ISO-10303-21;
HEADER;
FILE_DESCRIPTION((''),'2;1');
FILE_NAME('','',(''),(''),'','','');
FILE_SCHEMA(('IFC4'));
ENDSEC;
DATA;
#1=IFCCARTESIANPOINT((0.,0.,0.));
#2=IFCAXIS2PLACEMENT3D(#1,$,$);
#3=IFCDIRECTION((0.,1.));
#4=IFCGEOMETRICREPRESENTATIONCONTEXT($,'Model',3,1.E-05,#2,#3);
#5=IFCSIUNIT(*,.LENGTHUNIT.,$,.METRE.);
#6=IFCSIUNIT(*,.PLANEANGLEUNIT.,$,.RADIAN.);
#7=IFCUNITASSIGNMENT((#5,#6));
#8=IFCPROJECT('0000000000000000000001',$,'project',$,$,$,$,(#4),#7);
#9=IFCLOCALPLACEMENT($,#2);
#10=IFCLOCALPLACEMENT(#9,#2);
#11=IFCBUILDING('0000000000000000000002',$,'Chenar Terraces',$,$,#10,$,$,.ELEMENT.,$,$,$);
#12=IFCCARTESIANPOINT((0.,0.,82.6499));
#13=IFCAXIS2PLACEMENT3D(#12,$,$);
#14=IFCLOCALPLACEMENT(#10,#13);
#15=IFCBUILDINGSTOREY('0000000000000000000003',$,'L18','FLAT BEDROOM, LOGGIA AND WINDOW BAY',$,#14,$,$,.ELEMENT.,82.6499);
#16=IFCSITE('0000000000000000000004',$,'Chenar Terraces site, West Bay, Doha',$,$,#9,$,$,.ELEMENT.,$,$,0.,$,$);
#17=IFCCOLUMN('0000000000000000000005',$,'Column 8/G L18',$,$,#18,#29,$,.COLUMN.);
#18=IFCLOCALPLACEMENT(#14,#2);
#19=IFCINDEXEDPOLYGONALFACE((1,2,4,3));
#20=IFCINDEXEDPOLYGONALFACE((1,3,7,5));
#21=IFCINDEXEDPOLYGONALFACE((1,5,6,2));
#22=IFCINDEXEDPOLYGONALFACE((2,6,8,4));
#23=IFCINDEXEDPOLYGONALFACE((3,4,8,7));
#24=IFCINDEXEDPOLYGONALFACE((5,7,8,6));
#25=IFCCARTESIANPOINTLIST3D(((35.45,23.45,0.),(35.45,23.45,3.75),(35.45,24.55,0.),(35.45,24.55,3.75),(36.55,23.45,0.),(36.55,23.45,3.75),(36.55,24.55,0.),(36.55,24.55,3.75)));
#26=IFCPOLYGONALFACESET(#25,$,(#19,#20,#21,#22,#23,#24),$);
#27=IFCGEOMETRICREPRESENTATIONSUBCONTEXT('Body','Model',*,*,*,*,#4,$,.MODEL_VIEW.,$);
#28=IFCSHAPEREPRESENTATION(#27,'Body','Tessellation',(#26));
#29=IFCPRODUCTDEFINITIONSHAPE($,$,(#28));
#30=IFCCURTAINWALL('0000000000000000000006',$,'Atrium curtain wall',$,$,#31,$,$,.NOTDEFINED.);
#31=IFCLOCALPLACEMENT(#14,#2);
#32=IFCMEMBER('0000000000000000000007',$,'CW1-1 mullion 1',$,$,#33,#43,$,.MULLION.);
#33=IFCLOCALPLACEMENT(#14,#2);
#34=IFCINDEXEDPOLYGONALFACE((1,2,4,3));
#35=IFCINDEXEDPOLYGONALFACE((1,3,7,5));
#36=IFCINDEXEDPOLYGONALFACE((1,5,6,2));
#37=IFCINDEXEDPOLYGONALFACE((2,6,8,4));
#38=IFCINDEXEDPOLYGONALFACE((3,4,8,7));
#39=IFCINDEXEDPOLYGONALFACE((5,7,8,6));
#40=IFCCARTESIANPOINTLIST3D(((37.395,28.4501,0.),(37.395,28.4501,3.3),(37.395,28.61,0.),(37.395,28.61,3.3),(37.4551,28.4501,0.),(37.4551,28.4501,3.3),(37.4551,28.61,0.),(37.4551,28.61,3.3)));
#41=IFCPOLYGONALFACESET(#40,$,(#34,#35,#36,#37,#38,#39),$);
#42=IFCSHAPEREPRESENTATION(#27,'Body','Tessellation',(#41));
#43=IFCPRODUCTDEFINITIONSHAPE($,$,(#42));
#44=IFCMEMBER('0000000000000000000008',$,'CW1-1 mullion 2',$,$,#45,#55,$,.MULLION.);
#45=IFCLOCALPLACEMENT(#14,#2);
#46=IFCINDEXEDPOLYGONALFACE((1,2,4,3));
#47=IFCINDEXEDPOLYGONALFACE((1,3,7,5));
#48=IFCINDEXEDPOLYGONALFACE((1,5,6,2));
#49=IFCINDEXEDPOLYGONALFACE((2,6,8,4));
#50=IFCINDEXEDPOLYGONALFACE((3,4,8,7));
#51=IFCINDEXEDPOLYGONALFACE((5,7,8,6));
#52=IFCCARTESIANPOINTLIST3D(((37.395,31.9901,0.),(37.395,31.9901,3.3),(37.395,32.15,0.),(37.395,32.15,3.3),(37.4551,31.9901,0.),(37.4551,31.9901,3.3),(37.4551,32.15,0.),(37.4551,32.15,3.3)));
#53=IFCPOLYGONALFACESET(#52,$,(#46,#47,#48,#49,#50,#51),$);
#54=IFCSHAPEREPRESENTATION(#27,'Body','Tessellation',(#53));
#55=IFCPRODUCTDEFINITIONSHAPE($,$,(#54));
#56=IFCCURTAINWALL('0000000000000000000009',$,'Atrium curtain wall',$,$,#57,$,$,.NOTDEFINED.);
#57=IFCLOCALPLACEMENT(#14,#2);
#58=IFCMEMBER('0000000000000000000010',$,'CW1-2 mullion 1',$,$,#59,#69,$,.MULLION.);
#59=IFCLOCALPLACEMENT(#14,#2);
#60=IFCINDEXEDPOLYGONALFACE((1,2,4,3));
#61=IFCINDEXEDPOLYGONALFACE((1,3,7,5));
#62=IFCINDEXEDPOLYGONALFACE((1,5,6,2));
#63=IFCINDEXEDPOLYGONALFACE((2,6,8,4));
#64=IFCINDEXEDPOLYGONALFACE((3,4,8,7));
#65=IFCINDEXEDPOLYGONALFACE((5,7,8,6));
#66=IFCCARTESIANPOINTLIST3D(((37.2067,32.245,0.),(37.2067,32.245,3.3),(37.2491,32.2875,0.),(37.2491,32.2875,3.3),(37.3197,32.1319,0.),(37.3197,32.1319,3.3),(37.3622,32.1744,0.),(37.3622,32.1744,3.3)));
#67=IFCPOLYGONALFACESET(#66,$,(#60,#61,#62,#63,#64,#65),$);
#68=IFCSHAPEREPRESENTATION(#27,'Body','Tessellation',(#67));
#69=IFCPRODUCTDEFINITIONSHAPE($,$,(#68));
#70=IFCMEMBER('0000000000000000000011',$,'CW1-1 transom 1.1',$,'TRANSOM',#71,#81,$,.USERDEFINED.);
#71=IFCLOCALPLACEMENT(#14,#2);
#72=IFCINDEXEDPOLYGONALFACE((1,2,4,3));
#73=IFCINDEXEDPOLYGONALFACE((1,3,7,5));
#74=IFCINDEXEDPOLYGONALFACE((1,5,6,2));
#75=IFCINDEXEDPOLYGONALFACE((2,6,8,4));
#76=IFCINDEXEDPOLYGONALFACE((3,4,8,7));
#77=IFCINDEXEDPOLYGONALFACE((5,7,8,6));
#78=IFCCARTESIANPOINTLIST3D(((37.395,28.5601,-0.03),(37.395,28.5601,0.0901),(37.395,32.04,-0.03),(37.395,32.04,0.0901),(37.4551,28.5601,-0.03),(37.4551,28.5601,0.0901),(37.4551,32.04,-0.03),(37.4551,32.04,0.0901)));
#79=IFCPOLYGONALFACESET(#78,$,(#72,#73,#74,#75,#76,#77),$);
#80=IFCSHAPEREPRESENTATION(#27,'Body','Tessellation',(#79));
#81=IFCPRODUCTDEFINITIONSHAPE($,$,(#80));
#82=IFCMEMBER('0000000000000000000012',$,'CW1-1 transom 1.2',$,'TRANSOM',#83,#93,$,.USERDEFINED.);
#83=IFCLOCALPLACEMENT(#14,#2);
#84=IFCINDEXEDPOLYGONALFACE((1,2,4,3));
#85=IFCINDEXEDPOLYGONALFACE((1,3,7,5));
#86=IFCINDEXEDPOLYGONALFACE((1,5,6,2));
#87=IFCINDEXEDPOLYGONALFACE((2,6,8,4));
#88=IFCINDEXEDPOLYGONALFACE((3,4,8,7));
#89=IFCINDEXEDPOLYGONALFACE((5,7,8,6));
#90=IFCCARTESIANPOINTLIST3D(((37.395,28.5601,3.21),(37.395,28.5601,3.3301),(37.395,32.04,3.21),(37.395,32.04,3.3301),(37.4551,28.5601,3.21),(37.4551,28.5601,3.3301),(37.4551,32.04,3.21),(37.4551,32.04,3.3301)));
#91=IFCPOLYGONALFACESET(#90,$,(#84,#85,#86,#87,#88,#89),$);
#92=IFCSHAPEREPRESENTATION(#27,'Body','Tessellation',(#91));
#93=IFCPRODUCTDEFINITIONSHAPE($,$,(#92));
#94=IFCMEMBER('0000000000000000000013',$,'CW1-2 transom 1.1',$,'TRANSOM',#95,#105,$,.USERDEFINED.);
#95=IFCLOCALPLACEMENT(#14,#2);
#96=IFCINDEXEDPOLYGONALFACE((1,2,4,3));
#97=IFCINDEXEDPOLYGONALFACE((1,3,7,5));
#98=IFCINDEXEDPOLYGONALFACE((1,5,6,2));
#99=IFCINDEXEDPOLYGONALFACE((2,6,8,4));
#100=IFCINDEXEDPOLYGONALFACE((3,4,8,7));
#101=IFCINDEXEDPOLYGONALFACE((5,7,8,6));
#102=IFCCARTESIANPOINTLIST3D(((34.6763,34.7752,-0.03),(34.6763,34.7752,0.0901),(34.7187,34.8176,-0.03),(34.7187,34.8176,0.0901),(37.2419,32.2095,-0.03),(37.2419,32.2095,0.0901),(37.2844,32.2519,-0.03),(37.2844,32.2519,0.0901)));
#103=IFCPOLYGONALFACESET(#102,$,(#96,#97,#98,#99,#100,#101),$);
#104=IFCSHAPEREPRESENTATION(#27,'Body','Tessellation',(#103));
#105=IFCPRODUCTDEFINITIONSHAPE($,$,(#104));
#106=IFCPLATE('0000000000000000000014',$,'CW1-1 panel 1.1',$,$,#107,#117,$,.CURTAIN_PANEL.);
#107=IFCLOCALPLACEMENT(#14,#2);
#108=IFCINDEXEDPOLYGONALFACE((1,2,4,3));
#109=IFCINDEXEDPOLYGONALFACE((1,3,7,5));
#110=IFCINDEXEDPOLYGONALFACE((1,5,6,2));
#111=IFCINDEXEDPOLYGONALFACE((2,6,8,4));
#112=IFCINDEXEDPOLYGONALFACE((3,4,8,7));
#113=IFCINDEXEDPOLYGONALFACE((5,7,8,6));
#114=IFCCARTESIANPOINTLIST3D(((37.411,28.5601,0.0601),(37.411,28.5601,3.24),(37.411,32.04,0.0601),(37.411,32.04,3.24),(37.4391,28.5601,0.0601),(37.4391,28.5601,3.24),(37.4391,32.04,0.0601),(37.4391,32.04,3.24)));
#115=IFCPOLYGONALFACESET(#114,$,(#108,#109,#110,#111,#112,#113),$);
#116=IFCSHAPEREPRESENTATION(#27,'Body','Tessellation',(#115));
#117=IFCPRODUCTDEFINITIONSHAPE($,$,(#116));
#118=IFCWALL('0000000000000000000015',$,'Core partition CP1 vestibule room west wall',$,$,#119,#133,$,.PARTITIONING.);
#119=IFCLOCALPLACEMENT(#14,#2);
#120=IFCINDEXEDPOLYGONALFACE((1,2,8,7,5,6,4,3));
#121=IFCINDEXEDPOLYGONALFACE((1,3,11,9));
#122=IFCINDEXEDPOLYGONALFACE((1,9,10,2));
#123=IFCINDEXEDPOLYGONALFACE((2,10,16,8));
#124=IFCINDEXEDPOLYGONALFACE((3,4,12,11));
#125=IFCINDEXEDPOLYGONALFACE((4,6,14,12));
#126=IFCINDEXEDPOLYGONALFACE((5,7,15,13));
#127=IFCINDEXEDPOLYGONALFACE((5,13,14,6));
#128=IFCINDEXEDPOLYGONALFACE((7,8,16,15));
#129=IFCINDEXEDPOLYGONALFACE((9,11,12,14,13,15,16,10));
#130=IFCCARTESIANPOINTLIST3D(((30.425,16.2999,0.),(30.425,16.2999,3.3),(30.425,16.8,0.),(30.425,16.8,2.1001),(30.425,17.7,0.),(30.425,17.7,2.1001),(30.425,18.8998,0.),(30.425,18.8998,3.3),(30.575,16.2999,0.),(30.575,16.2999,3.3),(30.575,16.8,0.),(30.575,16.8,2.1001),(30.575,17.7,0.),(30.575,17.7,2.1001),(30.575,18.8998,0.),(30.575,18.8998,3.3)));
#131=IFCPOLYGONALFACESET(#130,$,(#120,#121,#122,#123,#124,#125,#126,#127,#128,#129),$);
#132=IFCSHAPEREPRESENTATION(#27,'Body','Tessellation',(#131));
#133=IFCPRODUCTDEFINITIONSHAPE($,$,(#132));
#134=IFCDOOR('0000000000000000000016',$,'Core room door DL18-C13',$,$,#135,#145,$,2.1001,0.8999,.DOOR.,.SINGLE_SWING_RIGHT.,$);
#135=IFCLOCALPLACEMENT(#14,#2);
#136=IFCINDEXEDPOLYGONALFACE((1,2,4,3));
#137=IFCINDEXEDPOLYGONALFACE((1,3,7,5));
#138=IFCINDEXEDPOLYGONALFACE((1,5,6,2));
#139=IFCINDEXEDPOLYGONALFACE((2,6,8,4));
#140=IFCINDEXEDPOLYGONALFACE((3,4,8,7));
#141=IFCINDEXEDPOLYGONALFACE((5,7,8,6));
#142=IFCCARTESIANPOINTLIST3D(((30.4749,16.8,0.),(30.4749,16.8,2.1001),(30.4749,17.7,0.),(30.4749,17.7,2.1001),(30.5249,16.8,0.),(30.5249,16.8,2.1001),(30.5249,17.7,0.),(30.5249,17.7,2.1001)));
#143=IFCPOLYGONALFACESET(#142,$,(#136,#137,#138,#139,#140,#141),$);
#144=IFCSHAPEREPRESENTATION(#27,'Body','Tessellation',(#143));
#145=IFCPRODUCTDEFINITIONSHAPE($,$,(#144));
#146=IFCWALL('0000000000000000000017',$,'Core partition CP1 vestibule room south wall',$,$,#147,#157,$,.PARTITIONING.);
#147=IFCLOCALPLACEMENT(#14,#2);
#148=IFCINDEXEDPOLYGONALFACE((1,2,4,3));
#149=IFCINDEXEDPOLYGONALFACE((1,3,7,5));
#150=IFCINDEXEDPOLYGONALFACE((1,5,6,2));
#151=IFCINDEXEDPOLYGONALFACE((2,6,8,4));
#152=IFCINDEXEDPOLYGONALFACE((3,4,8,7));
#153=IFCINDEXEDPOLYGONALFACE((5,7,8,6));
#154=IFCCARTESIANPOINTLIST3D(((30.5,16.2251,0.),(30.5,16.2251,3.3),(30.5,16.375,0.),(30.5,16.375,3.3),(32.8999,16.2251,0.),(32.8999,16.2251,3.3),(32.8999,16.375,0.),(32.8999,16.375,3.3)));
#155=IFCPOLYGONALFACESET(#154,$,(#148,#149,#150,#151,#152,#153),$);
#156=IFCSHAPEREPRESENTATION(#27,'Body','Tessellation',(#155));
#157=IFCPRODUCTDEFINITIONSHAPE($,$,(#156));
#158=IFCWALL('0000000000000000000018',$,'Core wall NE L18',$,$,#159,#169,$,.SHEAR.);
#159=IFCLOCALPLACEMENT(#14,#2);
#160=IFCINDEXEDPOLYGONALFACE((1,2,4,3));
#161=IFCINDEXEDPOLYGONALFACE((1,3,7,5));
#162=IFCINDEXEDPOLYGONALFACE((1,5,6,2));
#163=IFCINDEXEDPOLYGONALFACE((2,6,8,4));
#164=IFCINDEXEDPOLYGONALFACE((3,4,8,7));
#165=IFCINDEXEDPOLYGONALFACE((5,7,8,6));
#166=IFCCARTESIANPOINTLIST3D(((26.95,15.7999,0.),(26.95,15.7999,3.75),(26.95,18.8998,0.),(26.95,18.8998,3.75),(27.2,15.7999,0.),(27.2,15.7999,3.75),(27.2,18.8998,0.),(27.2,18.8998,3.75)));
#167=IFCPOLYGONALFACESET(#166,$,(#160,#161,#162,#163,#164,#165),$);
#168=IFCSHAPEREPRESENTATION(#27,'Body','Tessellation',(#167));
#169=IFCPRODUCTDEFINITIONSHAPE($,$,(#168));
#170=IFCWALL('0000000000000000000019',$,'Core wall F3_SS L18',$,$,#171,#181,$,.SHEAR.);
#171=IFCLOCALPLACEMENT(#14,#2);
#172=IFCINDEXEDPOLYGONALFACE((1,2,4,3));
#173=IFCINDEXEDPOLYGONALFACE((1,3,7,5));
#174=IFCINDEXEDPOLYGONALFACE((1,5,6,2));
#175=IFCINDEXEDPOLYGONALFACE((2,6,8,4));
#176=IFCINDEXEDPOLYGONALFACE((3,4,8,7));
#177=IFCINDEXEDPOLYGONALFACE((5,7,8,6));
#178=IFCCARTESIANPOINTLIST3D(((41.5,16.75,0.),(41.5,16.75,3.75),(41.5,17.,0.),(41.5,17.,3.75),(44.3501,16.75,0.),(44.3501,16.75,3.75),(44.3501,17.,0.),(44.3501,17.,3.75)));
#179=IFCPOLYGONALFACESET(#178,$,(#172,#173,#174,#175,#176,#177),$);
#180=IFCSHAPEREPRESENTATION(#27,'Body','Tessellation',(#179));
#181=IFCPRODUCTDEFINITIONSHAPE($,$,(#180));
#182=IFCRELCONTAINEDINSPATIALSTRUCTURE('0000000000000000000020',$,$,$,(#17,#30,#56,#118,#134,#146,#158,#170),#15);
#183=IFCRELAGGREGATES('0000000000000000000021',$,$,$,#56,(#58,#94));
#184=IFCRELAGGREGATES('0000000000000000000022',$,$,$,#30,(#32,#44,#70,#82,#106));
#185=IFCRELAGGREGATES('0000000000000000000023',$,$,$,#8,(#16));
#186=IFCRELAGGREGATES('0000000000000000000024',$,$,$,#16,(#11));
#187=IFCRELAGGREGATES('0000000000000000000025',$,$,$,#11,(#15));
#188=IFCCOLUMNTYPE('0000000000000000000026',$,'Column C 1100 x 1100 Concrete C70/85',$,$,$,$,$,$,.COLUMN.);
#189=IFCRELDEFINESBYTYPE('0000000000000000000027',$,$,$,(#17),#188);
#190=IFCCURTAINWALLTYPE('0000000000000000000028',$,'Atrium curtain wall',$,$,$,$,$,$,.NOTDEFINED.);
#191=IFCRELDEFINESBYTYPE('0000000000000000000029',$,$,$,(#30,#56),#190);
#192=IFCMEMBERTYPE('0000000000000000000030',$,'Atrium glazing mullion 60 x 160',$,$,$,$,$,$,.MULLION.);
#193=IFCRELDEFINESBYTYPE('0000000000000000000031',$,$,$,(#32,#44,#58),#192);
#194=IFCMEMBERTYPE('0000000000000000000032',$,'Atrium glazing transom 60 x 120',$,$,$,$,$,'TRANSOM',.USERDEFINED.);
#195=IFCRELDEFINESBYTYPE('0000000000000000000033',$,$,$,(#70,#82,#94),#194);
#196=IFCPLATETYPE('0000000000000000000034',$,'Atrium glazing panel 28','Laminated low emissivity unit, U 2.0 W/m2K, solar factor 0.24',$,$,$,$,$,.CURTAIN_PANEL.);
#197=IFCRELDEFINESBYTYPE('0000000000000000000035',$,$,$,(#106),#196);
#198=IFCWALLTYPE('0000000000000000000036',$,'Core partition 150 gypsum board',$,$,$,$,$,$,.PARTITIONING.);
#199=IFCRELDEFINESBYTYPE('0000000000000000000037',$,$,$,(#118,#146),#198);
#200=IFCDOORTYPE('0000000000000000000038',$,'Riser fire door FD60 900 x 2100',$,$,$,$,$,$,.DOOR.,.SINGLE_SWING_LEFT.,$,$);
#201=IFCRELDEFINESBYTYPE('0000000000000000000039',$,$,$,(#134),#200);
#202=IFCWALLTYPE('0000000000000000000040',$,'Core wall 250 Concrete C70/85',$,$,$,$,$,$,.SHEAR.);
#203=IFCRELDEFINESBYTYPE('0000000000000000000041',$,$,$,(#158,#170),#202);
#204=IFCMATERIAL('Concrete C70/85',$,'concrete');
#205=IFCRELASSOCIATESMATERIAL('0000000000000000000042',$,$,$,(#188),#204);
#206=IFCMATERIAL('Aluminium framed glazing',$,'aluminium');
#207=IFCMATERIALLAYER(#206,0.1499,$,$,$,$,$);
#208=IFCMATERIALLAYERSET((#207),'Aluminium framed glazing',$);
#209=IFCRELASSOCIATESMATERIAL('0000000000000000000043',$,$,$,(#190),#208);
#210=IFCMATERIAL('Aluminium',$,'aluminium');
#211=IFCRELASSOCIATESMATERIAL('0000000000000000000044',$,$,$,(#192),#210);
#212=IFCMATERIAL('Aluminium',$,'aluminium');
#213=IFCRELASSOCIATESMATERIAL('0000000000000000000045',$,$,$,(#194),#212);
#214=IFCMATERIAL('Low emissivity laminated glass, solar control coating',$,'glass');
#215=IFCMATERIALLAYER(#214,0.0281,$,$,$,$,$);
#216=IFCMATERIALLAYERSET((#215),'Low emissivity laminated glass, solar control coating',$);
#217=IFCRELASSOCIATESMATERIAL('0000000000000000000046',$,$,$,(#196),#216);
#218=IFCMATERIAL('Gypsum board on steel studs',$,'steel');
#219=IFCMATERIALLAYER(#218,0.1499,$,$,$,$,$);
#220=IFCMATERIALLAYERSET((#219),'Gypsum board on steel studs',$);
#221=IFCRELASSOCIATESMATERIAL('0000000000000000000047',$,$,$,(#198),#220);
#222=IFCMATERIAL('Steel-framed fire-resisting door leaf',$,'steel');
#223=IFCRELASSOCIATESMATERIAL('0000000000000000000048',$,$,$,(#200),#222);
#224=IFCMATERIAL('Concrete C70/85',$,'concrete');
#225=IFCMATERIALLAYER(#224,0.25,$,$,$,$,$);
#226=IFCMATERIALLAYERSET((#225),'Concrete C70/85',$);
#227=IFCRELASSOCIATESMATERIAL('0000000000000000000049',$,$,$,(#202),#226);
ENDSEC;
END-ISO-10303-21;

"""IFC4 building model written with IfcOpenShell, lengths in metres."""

from ifc_helpers import new_model, si_unit, direction, frame, frame_2d, origin, origin_2d, place, context, subcontext, project, spatial, rectangle, extrude, material, layer, layer_set, material_profile, profile_set, type_object, element, fill, aggregate, save


model = new_model("IFC4")

# Units and contexts
model_context = context("Model", 3, precision=1e-05, world=origin(), true_north=direction((0.0, 1.0)))
body_context = subcontext(model_context, "Body", "Model", "MODEL_VIEW")
ifc_project = project(units=[si_unit("LENGTHUNIT", "METRE"), si_unit("PLANEANGLEUNIT", "RADIAN")], contexts=[model_context])

# Site, building, storey
site_placement = place(None, origin())
site = spatial("IfcSite", under=ifc_project, at=site_placement, Name="Chenar Terraces site, West Bay, Doha", CompositionType="ELEMENT", RefElevation=0.0)
building_placement = place(site_placement, origin())
building = spatial("IfcBuilding", under=site, at=building_placement, Name="Chenar Terraces", CompositionType="ELEMENT")
storey_placement = place(building_placement, frame((0.0, 0.0, 82.6499)))
storey = spatial("IfcBuildingStorey", under=building, at=storey_placement, Name="L18", Description="FLAT BEDROOM, LOGGIA AND WINDOW BAY", CompositionType="ELEMENT", Elevation=82.6499)

# Column
ifc_material_1 = material(Name="Concrete C70/85", Category="concrete")
ifc_material_profile_1 = material_profile(ifc_material_1, rectangle(XDim=1.1001, YDim=1.1001, at=origin_2d()), Name="C 1100 x 1100")
ifc_profile_set_1 = profile_set([ifc_material_profile_1], Name="Concrete C70/85")
column_type = type_object("IfcColumnType", Name="Column C 1100 x 1100 Concrete C70/85", PredefinedType="COLUMN", material=ifc_profile_set_1)
column_placement = place(storey_placement, frame((36.0, 24.0, 0.0), z_axis=(0.0, 0.0, 1.0), x_axis=(1.0, 0.0, 0.0)))
element("IfcColumn", 1, at=column_placement, inside=storey, type_object=column_type, Name="Column 8/G L18", PredefinedType="COLUMN", context=body_context, shape_type="SweptSolid", body=[
    extrude(rectangle(XDim=1.1001, YDim=1.1001, at=origin_2d()), origin(), (0.0, 0.0, 1.0), 3.75),
])

# Curtain wall, members
ifc_material_2 = material(Name="Aluminium framed glazing", Category="aluminium")
ifc_layer_1 = layer(ifc_material_2, 0.1499)
ifc_layer_set_1 = layer_set([ifc_layer_1], Name="Aluminium framed glazing")
curtain_wall_type = type_object("IfcCurtainWallType", Name="Atrium curtain wall", PredefinedType="NOTDEFINED", material=ifc_layer_set_1)
placement = place(storey_placement, origin())
curtain_wall_1 = element("IfcCurtainWall", 2, at=placement, inside=storey, type_object=curtain_wall_type, Name="Atrium curtain wall", PredefinedType="NOTDEFINED")
ifc_material_3 = material(Name="Aluminium", Category="aluminium")
ifc_material_profile_2 = material_profile(ifc_material_3, rectangle(XDim=0.0601, YDim=0.1599, at=origin_2d()), Name="Atrium glazing mullion 60 x 160")
ifc_profile_set_2 = profile_set([ifc_material_profile_2], Name="Aluminium")
member_type_1 = type_object("IfcMemberType", Name="Atrium glazing mullion 60 x 160", PredefinedType="MULLION", material=ifc_profile_set_2)
member_1_placement = place(storey_placement, frame((37.425, 28.53, 0.0), z_axis=(0.0, 0.0, 1.0), x_axis=(-1.0, 0.0, 0.0)))
member_1 = element("IfcMember", 3, at=member_1_placement, type_object=member_type_1, Name="CW1-1 mullion 1", PredefinedType="MULLION", context=body_context, shape_type="SweptSolid", body=[
    extrude(rectangle(XDim=0.0601, YDim=0.1599, at=origin_2d()), origin(), (0.0, 0.0, 1.0), 3.3),
])
member_2_placement = place(storey_placement, frame((37.425, 32.0701, 0.0), z_axis=(0.0, 0.0, 1.0), x_axis=(-1.0, 0.0, 0.0)))
member_2 = element("IfcMember", 4, at=member_2_placement, type_object=member_type_1, Name="CW1-1 mullion 2", PredefinedType="MULLION", context=body_context, shape_type="SweptSolid", body=[
    extrude(rectangle(XDim=0.0601, YDim=0.1599, at=origin_2d()), origin(), (0.0, 0.0, 1.0), 3.3),
])

# Curtain wall, member
curtain_wall_2 = element("IfcCurtainWall", 5, at=placement, inside=storey, type_object=curtain_wall_type, Name="Atrium curtain wall", PredefinedType="NOTDEFINED")
member_3_placement = place(storey_placement, frame((37.2844, 32.2097, 0.0), z_axis=(0.0, 0.0, 1.0), x_axis=(-0.707107, -0.707107, 0.0)))
member_3 = element("IfcMember", 6, at=member_3_placement, type_object=member_type_1, Name="CW1-2 mullion 1", PredefinedType="MULLION", context=body_context, shape_type="SweptSolid", body=[
    extrude(rectangle(XDim=0.0601, YDim=0.1599, at=origin_2d()), origin(), (0.0, 0.0, 1.0), 3.3),
])

# Members
ifc_material_4 = material(Name="Aluminium", Category="aluminium")
ifc_material_profile_3 = material_profile(ifc_material_4, rectangle(XDim=0.0601, YDim=0.1201, at=origin_2d()), Name="Atrium glazing transom 60 x 120")
ifc_profile_set_3 = profile_set([ifc_material_profile_3], Name="Aluminium")
member_type_2 = type_object("IfcMemberType", Name="Atrium glazing transom 60 x 120", ElementType="TRANSOM", PredefinedType="USERDEFINED", material=ifc_profile_set_3)
member_4_placement = place(storey_placement, frame((37.425, 28.5601, 0.03), z_axis=(0.0, 1.0, 0.0), x_axis=(-1.0, 0.0, 0.0)))
member_4 = element("IfcMember", 7, at=member_4_placement, type_object=member_type_2, Name="CW1-1 transom 1.1", ObjectType="TRANSOM", PredefinedType="USERDEFINED", context=body_context, shape_type="SweptSolid", body=[
    extrude(rectangle(XDim=0.0601, YDim=0.1201, at=origin_2d()), origin(), (0.0, 0.0, 1.0), 3.48),
])
member_5_placement = place(storey_placement, frame((37.425, 28.5601, 3.27), z_axis=(0.0, 1.0, 0.0), x_axis=(-1.0, 0.0, 0.0)))
member_5 = element("IfcMember", 8, at=member_5_placement, type_object=member_type_2, Name="CW1-1 transom 1.2", ObjectType="TRANSOM", PredefinedType="USERDEFINED", context=body_context, shape_type="SweptSolid", body=[
    extrude(rectangle(XDim=0.0601, YDim=0.1201, at=origin_2d()), origin(), (0.0, 0.0, 1.0), 3.48),
])
member_6_placement = place(storey_placement, frame((37.2632, 32.2307, 0.03), z_axis=(-0.707107, 0.707107, 0.0), x_axis=(-0.707107, -0.707107, 0.0)))
member_6 = element("IfcMember", 9, at=member_6_placement, type_object=member_type_2, Name="CW1-2 transom 1.1", ObjectType="TRANSOM", PredefinedType="USERDEFINED", context=body_context, shape_type="SweptSolid", body=[
    extrude(rectangle(XDim=0.0601, YDim=0.1201, at=origin_2d()), origin(), (0.0, 0.0, 1.0), 3.6284),
])
aggregate(curtain_wall_2, [member_3, member_6])

# Plate
ifc_material_5 = material(Name="Low emissivity laminated glass, solar control coating", Category="glass")
ifc_layer_2 = layer(ifc_material_5, 0.0281)
ifc_layer_set_2 = layer_set([ifc_layer_2], Name="Low emissivity laminated glass, solar control coating")
plate_type = type_object("IfcPlateType", Name="Atrium glazing panel 28", Description="Laminated low emissivity unit, U 2.0 W/m2K, solar factor 0.24", PredefinedType="CURTAIN_PANEL", material=ifc_layer_set_2)
plate_placement = place(storey_placement, frame((37.425, 30.3, 0.0601), z_axis=(0.0, 0.0, 1.0), x_axis=(0.0, 1.0, 0.0)))
plate = element("IfcPlate", 10, at=plate_placement, type_object=plate_type, Name="CW1-1 panel 1.1", PredefinedType="CURTAIN_PANEL", context=body_context, shape_type="SweptSolid", body=[
    extrude(rectangle(XDim=3.48, YDim=0.0281, at=origin_2d()), origin(), (0.0, 0.0, 1.0), 3.1799),
])
aggregate(curtain_wall_1, [member_1, member_2, member_4, member_5, plate])

# Wall, opening, door
ifc_material_6 = material(Name="Gypsum board on steel studs", Category="steel")
ifc_layer_3 = layer(ifc_material_6, 0.1499)
ifc_layer_set_3 = layer_set([ifc_layer_3], Name="Gypsum board on steel studs")
wall_type_1 = type_object("IfcWallType", Name="Core partition 150 gypsum board", PredefinedType="PARTITIONING", material=ifc_layer_set_3)
wall_1_placement = place(storey_placement, frame((30.5, 16.3, 0.0), z_axis=(0.0, 0.0, 1.0), x_axis=(0.0, 1.0, 0.0)))
wall_1 = element("IfcWall", 11, at=wall_1_placement, inside=storey, type_object=wall_type_1, Name="Core partition CP1 vestibule room west wall", PredefinedType="PARTITIONING", context=body_context, shape_type="SweptSolid", body=[
    extrude(rectangle(XDim=2.5999, YDim=0.1499, at=frame_2d((1.2998, 0.0))), origin(), (0.0, 0.0, 1.0), 3.3),
])
opening_1_placement = place(wall_1_placement, frame((0.5, 0.0, 0.0)))
opening_1 = element("IfcOpeningElement", 12, at=opening_1_placement, cuts=wall_1, PredefinedType="OPENING", context=body_context, shape_type="SweptSolid", body=[
    extrude(rectangle(XDim=0.8999, YDim=2.1001, at=frame_2d((0.45, 1.05))), frame((0.0, 0.085, 0.0), z_axis=(0.0, -1.0, 0.0), x_axis=(1.0, 0.0, 0.0)), (0.0, 0.0, 1.0), 0.1699),
])
ifc_material_7 = material(Name="Steel-framed fire-resisting door leaf", Category="steel")
door_type = type_object("IfcDoorType", Name="Riser fire door FD60 900 x 2100", OperationType="SINGLE_SWING_LEFT", PredefinedType="DOOR", material=ifc_material_7)
door_placement = place(opening_1_placement, frame((0.8999, 0.0, 0.0), z_axis=(0.0, 0.0, 1.0), x_axis=(-1.0, 0.0, 0.0)))
door = element("IfcDoor", 13, at=door_placement, inside=storey, type_object=door_type, Name="Core room door DL18-C13", OperationType="SINGLE_SWING_RIGHT", OverallHeight=2.1001, OverallWidth=0.8999, PredefinedType="DOOR", context=body_context, shape_type="SweptSolid", body=[
    extrude(rectangle(XDim=0.8999, YDim=2.1001, at=frame_2d((0.45, 1.05))), frame((0.0, 0.0249, 0.0), z_axis=(0.0, -1.0, 0.0), x_axis=(1.0, 0.0, 0.0)), (0.0, 0.0, 1.0), 0.05),
])
fill(opening_1, door)

# Walls
wall_2_placement = place(storey_placement, frame((30.5, 16.3, 0.0), z_axis=(0.0, 0.0, 1.0), x_axis=(1.0, 0.0, 0.0)))
element("IfcWall", 14, at=wall_2_placement, inside=storey, type_object=wall_type_1, Name="Core partition CP1 vestibule room south wall", PredefinedType="PARTITIONING", context=body_context, shape_type="SweptSolid", body=[
    extrude(rectangle(XDim=2.3999, YDim=0.1499, at=frame_2d((1.2, 0.0))), origin(), (0.0, 0.0, 1.0), 3.3),
])
ifc_material_8 = material(Name="Concrete C70/85", Category="concrete")
ifc_layer_4 = layer(ifc_material_8, 0.25)
ifc_layer_set_4 = layer_set([ifc_layer_4], Name="Concrete C70/85")
wall_type_2 = type_object("IfcWallType", Name="Core wall 250 Concrete C70/85", PredefinedType="SHEAR", material=ifc_layer_set_4)
wall_3_placement = place(storey_placement, frame((27.075, 15.8, 0.0), z_axis=(0.0, 0.0, 1.0), x_axis=(0.0, 1.0, 0.0)))
element("IfcWall", 15, at=wall_3_placement, inside=storey, type_object=wall_type_2, Name="Core wall NE L18", PredefinedType="SHEAR", context=body_context, shape_type="SweptSolid", body=[
    extrude(rectangle(XDim=3.0999, YDim=0.25, at=frame_2d((1.5498, 0.0))), origin(), (0.0, 0.0, 1.0), 3.75),
])
for number, where, z_axis, x_axis, name in (
    (16, (41.5, 16.875, 0.0), (0.0, 0.0, 1.0), (1.0, 0.0, 0.0), "Core wall F3_SS L18"),
):
    element("IfcWall", number, at=place(storey_placement, frame(where, z_axis=z_axis, x_axis=x_axis)), inside=storey, type_object=wall_type_2, Name=name, PredefinedType="SHEAR", context=body_context, shape_type="SweptSolid", body=[
        extrude(rectangle(XDim=2.8501, YDim=0.25, at=frame_2d((1.425, 0.0))), origin(), (0.0, 0.0, 1.0), 3.75),
    ])

save(model, "model.ifc")
